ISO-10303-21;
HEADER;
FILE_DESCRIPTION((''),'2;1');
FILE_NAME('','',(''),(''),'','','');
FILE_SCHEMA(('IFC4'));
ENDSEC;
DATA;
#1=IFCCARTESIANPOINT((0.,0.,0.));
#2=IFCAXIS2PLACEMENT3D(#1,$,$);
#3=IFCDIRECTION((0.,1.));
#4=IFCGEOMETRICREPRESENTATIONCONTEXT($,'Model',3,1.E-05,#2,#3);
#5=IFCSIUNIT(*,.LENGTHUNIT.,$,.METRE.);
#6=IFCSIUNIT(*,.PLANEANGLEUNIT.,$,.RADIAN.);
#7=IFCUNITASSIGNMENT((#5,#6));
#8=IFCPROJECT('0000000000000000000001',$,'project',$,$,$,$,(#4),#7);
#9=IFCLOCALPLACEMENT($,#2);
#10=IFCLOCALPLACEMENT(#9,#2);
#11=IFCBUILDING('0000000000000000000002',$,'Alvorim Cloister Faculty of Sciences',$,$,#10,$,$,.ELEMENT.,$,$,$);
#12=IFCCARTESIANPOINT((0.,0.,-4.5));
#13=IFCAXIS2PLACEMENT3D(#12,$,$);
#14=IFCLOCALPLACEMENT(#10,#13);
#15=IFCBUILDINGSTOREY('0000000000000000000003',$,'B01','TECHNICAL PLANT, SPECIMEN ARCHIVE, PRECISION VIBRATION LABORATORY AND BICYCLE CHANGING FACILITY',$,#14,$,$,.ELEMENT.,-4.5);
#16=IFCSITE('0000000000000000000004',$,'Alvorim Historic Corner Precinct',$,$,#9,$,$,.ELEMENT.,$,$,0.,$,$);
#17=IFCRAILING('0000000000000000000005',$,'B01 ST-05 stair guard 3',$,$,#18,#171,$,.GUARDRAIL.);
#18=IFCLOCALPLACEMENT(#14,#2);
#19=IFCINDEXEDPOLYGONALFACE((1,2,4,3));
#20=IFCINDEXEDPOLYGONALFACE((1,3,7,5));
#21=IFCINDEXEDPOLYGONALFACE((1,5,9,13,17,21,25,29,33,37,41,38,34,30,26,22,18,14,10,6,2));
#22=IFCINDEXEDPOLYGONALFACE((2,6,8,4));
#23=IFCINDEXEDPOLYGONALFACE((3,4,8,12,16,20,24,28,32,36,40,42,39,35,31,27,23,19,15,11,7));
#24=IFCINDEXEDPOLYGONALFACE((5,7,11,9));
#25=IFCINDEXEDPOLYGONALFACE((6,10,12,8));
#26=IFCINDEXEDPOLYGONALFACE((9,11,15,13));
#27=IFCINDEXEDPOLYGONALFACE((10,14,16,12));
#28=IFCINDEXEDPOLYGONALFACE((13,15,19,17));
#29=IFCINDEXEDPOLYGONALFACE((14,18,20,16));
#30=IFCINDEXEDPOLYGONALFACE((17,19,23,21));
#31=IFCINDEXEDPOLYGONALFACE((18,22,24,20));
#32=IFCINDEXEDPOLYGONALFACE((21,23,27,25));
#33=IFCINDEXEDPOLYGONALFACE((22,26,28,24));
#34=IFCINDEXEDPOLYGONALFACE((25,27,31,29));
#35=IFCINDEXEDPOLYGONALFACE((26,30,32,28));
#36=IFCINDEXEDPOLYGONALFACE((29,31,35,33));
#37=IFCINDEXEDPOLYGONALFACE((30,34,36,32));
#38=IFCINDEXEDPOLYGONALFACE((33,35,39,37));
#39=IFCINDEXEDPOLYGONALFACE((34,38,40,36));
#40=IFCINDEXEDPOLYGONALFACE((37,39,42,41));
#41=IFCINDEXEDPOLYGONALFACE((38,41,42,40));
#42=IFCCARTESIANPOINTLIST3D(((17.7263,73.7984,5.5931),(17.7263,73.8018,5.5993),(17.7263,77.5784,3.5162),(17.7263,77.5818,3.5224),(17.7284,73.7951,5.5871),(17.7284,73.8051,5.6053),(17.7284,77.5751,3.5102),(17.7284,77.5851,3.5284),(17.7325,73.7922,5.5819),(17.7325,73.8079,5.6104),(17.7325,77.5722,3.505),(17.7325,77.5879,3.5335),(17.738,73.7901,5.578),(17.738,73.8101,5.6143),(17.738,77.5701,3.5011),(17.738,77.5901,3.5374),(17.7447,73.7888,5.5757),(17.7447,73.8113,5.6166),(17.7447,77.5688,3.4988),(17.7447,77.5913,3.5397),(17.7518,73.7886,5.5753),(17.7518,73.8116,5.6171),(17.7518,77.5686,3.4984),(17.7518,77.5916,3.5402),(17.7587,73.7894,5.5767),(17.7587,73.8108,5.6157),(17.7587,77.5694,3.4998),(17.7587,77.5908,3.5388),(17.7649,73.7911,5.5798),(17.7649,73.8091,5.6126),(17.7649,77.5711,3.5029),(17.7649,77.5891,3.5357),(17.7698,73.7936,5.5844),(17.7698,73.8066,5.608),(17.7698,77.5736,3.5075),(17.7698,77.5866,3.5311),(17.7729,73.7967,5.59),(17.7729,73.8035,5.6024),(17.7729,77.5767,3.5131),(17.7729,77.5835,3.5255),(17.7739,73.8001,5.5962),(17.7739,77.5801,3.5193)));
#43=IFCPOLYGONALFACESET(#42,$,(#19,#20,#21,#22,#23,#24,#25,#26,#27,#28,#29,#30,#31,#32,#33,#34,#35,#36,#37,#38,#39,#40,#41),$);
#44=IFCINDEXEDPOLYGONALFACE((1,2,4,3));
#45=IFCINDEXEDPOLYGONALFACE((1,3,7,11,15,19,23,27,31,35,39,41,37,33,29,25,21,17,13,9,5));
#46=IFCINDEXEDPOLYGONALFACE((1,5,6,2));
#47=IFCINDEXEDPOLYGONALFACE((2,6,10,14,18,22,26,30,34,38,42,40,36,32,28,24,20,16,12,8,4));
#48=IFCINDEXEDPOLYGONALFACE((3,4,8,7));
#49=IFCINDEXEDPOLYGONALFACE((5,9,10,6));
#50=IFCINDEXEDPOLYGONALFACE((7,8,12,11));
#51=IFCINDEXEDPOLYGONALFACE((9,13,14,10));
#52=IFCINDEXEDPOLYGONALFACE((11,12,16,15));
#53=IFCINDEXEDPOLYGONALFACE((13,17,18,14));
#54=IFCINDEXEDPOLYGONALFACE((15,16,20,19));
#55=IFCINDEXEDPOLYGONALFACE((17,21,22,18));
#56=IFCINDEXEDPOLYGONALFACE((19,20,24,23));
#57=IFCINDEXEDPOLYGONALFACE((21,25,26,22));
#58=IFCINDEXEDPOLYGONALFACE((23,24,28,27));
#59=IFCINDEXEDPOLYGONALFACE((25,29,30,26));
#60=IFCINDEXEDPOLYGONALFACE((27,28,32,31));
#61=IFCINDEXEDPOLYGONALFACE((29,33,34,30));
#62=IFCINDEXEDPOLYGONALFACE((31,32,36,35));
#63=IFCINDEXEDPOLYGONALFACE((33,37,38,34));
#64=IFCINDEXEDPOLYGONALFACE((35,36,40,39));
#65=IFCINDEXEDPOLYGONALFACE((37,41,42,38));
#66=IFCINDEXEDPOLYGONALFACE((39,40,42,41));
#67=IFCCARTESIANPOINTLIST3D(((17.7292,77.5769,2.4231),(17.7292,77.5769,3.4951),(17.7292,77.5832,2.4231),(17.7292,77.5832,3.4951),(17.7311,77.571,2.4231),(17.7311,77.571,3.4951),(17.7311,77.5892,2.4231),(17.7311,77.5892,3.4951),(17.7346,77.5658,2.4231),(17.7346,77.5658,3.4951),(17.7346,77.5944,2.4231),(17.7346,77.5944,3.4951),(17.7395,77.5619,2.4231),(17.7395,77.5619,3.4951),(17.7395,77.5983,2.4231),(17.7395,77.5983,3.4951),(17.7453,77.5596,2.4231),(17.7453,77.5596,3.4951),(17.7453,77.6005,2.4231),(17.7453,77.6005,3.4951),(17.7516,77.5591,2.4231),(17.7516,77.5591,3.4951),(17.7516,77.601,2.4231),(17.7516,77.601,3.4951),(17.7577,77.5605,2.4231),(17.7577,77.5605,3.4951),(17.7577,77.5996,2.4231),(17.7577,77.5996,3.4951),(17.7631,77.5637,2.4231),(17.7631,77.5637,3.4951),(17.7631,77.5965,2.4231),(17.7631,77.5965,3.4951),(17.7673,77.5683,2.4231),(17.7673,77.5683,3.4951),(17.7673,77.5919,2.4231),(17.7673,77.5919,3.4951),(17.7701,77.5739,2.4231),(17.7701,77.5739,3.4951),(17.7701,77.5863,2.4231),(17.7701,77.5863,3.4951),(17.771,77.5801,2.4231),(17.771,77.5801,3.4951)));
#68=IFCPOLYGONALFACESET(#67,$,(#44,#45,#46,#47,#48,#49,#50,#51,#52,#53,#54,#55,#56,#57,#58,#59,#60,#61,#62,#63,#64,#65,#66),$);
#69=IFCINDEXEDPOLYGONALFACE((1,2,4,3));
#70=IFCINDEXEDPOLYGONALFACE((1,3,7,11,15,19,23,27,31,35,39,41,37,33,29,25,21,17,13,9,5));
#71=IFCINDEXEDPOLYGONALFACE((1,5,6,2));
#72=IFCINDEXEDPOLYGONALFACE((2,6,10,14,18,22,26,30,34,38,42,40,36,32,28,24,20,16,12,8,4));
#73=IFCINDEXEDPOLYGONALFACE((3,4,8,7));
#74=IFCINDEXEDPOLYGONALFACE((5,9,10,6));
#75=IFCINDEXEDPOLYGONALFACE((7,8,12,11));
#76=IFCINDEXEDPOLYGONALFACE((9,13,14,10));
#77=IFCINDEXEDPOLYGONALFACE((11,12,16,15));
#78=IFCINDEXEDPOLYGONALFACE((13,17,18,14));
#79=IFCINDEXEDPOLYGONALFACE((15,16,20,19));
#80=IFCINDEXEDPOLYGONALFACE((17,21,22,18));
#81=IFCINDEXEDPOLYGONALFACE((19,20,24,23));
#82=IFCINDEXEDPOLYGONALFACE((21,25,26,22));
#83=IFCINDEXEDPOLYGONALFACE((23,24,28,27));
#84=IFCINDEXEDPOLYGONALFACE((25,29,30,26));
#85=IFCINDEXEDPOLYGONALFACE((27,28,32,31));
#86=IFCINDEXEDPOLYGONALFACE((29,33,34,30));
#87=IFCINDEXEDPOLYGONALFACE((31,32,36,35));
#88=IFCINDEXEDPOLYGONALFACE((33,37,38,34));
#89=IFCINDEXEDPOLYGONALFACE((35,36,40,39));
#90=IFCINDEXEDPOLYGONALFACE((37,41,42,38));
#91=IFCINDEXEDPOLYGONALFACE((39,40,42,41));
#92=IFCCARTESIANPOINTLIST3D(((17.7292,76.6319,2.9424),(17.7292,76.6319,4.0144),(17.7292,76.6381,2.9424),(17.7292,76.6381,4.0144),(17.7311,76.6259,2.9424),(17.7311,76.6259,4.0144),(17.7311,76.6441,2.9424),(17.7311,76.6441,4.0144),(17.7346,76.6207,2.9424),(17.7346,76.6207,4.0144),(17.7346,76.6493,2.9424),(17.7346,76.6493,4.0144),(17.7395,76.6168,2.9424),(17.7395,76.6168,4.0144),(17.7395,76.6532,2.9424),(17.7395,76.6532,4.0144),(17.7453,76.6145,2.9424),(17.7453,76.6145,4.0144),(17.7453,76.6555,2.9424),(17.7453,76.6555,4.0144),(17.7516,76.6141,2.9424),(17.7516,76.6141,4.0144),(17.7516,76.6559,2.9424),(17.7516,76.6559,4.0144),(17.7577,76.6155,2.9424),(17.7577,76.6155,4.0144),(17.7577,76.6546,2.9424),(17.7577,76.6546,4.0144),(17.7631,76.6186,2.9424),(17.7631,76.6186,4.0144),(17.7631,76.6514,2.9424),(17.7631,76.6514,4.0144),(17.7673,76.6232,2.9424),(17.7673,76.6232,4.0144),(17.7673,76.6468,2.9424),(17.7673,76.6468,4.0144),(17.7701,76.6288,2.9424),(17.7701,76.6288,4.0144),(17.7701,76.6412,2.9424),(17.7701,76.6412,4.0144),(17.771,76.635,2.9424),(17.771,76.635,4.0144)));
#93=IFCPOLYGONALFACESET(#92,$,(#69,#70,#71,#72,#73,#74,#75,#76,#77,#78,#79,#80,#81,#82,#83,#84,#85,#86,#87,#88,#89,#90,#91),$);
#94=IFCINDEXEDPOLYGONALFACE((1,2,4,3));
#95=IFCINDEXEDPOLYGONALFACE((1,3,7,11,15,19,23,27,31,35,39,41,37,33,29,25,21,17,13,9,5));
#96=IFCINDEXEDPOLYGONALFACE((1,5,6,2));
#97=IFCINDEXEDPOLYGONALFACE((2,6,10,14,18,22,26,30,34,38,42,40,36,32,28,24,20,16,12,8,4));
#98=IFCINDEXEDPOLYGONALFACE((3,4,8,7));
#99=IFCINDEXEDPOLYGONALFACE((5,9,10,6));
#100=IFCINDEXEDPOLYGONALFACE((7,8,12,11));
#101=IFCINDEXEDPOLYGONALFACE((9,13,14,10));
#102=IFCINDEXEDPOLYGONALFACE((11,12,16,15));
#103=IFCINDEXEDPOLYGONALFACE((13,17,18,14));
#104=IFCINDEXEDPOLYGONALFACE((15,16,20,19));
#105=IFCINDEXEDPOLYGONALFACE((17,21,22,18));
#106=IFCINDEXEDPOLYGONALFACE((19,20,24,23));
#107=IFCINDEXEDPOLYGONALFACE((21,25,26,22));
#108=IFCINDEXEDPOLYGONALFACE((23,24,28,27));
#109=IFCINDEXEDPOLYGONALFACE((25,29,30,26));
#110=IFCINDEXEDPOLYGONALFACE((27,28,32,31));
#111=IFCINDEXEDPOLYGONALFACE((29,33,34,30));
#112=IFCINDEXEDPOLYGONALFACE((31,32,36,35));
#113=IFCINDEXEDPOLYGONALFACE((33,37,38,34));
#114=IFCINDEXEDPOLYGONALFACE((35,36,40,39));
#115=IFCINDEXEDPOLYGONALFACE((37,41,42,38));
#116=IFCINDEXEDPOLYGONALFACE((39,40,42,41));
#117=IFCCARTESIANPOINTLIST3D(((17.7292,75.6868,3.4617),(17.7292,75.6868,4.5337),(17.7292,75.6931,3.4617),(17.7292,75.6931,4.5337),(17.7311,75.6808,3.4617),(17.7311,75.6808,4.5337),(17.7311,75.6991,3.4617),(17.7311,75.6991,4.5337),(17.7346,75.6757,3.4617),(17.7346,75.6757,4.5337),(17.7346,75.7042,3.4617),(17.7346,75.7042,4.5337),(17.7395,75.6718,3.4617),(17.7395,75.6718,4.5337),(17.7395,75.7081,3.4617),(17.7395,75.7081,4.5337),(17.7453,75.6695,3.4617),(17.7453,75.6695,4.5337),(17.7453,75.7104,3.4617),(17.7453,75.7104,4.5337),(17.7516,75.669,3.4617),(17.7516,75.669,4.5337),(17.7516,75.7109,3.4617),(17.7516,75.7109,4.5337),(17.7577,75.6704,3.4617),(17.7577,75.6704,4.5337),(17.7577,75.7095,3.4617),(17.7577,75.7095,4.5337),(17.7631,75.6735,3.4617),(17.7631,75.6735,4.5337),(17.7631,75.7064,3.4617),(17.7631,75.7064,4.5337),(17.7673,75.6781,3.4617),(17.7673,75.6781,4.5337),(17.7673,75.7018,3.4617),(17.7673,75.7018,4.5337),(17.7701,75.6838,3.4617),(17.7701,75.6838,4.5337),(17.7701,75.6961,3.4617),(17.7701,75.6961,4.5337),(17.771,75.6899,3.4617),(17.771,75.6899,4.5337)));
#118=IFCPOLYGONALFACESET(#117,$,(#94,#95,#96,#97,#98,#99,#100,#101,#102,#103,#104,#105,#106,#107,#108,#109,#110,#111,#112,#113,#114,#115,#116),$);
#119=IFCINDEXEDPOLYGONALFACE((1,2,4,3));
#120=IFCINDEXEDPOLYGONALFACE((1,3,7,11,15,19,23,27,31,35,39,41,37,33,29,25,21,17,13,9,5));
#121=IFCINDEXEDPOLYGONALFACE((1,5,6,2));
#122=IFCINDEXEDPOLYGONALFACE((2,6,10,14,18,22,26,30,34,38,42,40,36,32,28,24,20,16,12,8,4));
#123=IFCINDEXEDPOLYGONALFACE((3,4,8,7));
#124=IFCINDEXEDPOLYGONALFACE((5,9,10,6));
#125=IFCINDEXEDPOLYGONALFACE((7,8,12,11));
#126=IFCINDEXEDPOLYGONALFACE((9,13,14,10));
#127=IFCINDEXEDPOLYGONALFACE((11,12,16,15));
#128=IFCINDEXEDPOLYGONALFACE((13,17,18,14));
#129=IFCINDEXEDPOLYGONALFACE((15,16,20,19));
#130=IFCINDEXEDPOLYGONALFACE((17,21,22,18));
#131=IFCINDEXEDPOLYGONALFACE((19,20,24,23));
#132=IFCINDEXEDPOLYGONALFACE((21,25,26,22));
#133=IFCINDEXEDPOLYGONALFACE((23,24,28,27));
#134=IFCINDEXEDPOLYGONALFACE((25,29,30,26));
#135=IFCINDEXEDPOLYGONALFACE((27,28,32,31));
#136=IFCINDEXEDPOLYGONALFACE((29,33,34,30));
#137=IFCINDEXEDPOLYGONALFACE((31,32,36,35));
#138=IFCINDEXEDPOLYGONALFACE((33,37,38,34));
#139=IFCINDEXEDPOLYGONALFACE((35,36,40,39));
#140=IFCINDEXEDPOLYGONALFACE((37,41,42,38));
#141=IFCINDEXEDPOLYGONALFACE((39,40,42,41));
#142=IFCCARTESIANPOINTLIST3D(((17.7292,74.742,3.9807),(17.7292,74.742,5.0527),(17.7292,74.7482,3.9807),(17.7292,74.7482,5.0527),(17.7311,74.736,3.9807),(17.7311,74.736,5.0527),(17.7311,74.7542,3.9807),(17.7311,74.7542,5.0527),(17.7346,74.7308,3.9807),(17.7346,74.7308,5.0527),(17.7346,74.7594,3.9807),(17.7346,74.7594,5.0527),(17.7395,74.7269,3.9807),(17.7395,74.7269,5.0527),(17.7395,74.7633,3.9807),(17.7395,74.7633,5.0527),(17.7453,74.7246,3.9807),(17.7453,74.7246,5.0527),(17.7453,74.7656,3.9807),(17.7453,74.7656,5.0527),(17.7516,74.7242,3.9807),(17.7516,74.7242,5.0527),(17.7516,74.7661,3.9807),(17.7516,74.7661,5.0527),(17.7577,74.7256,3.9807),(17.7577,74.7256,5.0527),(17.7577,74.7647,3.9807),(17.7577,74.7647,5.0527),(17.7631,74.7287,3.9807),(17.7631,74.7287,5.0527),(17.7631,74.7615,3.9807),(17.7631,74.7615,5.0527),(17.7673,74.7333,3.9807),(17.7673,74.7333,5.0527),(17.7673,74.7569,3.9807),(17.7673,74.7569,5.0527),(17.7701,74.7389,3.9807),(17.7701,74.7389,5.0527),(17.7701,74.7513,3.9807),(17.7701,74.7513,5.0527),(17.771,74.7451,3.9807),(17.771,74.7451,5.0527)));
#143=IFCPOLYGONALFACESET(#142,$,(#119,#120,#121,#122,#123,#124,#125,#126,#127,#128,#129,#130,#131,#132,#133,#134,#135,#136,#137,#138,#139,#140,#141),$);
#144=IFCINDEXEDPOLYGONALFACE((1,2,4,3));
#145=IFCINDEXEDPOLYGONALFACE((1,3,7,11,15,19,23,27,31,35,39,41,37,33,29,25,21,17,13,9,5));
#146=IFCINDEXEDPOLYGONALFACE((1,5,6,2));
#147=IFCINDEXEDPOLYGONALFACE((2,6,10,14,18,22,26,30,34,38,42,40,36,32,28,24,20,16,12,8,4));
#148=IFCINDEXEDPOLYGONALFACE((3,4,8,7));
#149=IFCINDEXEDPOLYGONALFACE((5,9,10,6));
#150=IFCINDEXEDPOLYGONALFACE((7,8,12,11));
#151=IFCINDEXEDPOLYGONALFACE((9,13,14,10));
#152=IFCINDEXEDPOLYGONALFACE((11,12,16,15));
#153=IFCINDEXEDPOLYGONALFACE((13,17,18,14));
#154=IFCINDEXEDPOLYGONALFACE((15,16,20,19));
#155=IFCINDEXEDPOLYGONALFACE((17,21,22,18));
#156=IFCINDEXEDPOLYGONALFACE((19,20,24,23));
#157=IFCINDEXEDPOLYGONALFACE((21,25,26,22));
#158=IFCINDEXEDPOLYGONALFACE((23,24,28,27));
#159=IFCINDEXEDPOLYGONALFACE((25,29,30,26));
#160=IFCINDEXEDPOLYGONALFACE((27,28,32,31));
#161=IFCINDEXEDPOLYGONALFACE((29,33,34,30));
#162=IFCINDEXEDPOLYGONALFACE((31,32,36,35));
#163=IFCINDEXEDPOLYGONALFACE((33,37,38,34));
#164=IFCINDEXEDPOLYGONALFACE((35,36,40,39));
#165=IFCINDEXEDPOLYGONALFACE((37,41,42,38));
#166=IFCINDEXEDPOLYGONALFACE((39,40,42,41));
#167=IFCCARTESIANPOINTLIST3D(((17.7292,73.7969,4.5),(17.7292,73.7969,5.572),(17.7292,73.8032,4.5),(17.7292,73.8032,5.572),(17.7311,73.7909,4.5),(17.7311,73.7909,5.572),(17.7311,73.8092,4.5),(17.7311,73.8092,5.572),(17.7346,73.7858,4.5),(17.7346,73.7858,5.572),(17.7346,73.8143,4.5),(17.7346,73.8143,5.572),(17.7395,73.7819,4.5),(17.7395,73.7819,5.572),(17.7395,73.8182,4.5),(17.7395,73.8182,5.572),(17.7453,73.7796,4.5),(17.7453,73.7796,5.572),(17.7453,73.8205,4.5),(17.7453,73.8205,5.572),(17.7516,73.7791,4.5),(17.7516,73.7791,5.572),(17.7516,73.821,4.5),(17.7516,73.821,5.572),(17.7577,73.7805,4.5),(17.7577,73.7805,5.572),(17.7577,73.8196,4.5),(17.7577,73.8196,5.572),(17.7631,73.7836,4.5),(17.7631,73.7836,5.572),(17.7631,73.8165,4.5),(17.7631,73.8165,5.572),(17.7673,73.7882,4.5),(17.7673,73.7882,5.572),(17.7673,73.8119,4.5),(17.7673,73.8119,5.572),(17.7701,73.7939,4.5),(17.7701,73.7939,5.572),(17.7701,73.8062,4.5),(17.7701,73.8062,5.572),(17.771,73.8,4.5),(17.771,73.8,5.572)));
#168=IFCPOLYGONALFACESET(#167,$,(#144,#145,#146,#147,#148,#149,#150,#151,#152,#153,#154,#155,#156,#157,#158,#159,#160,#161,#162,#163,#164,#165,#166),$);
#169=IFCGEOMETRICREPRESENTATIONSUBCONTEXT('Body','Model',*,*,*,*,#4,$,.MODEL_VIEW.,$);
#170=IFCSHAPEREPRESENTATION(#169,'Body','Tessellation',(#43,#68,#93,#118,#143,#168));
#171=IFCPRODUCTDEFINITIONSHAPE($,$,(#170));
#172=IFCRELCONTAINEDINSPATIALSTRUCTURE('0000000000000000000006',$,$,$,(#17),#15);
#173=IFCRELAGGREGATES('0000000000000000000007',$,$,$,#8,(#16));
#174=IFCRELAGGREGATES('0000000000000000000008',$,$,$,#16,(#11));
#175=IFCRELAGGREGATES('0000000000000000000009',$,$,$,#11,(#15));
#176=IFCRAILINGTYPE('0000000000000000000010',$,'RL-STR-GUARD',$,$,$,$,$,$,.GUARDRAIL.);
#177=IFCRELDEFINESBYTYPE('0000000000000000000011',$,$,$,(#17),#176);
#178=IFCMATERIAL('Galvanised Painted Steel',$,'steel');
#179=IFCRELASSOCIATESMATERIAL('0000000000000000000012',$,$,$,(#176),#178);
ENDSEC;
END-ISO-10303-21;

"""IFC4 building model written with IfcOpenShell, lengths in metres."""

from ifc_helpers import new_model, si_unit, direction, frame, origin, origin_2d, place, context, subcontext, project, spatial, circle, extrude, material, type_object, element, save


model = new_model("IFC4")

# Units and contexts
model_context = context("Model", 3, precision=1e-05, world=origin(), true_north=direction((0.0, 1.0)))
body_context = subcontext(model_context, "Body", "Model", "MODEL_VIEW")
ifc_project = project(units=[si_unit("LENGTHUNIT", "METRE"), si_unit("PLANEANGLEUNIT", "RADIAN")], contexts=[model_context])

# Site, building, storey
site_placement = place(None, origin())
site = spatial("IfcSite", under=ifc_project, at=site_placement, Name="Alvorim Historic Corner Precinct", CompositionType="ELEMENT", RefElevation=0.0)
building_placement = place(site_placement, origin())
building = spatial("IfcBuilding", under=site, at=building_placement, Name="Alvorim Cloister Faculty of Sciences", CompositionType="ELEMENT")
storey_placement = place(building_placement, frame((0.0, 0.0, -4.5)))
storey = spatial("IfcBuildingStorey", under=building, at=storey_placement, Name="B01", Description="TECHNICAL PLANT, SPECIMEN ARCHIVE, PRECISION VIBRATION LABORATORY AND BICYCLE CHANGING FACILITY", CompositionType="ELEMENT", Elevation=-4.5)

# Railing
ifc_material_1 = material(Name="Galvanised Painted Steel", Category="steel")
railing_type_1 = type_object("IfcRailingType", Name="RL-STR-GUARD", PredefinedType="GUARDRAIL", material=ifc_material_1)
railing_1_placement = place(storey_placement, frame((17.75, 77.5801, 2.4231)))
element("IfcRailing", 1, at=railing_1_placement, inside=storey, type_object=railing_type_1, Name="B01 ST-05 stair guard 3", PredefinedType="GUARDRAIL", context=body_context, shape_type="SweptSolid", body=[
    extrude(circle(Radius=0.0239, at=origin_2d()), frame((0.0, 0.0, 1.0962), z_axis=(0.0, -0.876423, 0.481543), x_axis=(1.0, 0.0, 0.0)), (0.0, 0.0, 1.0), 4.313),
    extrude(circle(Radius=0.021, at=origin_2d()), origin(), (0.0, 0.0, 1.0), 1.072),
    extrude(circle(Radius=0.021, at=origin_2d()), frame((0.0, -0.9451, 0.5193)), (0.0, 0.0, 1.0), 1.072),
    extrude(circle(Radius=0.021, at=origin_2d()), frame((0.0, -1.8901, 1.0386)), (0.0, 0.0, 1.0), 1.072),
    extrude(circle(Radius=0.021, at=origin_2d()), frame((0.0, -2.835, 1.5576)), (0.0, 0.0, 1.0), 1.072),
    extrude(circle(Radius=0.021, at=origin_2d()), frame((0.0, -3.78, 2.0769)), (0.0, 0.0, 1.0), 1.072),
])

save(model, "model.ifc")
